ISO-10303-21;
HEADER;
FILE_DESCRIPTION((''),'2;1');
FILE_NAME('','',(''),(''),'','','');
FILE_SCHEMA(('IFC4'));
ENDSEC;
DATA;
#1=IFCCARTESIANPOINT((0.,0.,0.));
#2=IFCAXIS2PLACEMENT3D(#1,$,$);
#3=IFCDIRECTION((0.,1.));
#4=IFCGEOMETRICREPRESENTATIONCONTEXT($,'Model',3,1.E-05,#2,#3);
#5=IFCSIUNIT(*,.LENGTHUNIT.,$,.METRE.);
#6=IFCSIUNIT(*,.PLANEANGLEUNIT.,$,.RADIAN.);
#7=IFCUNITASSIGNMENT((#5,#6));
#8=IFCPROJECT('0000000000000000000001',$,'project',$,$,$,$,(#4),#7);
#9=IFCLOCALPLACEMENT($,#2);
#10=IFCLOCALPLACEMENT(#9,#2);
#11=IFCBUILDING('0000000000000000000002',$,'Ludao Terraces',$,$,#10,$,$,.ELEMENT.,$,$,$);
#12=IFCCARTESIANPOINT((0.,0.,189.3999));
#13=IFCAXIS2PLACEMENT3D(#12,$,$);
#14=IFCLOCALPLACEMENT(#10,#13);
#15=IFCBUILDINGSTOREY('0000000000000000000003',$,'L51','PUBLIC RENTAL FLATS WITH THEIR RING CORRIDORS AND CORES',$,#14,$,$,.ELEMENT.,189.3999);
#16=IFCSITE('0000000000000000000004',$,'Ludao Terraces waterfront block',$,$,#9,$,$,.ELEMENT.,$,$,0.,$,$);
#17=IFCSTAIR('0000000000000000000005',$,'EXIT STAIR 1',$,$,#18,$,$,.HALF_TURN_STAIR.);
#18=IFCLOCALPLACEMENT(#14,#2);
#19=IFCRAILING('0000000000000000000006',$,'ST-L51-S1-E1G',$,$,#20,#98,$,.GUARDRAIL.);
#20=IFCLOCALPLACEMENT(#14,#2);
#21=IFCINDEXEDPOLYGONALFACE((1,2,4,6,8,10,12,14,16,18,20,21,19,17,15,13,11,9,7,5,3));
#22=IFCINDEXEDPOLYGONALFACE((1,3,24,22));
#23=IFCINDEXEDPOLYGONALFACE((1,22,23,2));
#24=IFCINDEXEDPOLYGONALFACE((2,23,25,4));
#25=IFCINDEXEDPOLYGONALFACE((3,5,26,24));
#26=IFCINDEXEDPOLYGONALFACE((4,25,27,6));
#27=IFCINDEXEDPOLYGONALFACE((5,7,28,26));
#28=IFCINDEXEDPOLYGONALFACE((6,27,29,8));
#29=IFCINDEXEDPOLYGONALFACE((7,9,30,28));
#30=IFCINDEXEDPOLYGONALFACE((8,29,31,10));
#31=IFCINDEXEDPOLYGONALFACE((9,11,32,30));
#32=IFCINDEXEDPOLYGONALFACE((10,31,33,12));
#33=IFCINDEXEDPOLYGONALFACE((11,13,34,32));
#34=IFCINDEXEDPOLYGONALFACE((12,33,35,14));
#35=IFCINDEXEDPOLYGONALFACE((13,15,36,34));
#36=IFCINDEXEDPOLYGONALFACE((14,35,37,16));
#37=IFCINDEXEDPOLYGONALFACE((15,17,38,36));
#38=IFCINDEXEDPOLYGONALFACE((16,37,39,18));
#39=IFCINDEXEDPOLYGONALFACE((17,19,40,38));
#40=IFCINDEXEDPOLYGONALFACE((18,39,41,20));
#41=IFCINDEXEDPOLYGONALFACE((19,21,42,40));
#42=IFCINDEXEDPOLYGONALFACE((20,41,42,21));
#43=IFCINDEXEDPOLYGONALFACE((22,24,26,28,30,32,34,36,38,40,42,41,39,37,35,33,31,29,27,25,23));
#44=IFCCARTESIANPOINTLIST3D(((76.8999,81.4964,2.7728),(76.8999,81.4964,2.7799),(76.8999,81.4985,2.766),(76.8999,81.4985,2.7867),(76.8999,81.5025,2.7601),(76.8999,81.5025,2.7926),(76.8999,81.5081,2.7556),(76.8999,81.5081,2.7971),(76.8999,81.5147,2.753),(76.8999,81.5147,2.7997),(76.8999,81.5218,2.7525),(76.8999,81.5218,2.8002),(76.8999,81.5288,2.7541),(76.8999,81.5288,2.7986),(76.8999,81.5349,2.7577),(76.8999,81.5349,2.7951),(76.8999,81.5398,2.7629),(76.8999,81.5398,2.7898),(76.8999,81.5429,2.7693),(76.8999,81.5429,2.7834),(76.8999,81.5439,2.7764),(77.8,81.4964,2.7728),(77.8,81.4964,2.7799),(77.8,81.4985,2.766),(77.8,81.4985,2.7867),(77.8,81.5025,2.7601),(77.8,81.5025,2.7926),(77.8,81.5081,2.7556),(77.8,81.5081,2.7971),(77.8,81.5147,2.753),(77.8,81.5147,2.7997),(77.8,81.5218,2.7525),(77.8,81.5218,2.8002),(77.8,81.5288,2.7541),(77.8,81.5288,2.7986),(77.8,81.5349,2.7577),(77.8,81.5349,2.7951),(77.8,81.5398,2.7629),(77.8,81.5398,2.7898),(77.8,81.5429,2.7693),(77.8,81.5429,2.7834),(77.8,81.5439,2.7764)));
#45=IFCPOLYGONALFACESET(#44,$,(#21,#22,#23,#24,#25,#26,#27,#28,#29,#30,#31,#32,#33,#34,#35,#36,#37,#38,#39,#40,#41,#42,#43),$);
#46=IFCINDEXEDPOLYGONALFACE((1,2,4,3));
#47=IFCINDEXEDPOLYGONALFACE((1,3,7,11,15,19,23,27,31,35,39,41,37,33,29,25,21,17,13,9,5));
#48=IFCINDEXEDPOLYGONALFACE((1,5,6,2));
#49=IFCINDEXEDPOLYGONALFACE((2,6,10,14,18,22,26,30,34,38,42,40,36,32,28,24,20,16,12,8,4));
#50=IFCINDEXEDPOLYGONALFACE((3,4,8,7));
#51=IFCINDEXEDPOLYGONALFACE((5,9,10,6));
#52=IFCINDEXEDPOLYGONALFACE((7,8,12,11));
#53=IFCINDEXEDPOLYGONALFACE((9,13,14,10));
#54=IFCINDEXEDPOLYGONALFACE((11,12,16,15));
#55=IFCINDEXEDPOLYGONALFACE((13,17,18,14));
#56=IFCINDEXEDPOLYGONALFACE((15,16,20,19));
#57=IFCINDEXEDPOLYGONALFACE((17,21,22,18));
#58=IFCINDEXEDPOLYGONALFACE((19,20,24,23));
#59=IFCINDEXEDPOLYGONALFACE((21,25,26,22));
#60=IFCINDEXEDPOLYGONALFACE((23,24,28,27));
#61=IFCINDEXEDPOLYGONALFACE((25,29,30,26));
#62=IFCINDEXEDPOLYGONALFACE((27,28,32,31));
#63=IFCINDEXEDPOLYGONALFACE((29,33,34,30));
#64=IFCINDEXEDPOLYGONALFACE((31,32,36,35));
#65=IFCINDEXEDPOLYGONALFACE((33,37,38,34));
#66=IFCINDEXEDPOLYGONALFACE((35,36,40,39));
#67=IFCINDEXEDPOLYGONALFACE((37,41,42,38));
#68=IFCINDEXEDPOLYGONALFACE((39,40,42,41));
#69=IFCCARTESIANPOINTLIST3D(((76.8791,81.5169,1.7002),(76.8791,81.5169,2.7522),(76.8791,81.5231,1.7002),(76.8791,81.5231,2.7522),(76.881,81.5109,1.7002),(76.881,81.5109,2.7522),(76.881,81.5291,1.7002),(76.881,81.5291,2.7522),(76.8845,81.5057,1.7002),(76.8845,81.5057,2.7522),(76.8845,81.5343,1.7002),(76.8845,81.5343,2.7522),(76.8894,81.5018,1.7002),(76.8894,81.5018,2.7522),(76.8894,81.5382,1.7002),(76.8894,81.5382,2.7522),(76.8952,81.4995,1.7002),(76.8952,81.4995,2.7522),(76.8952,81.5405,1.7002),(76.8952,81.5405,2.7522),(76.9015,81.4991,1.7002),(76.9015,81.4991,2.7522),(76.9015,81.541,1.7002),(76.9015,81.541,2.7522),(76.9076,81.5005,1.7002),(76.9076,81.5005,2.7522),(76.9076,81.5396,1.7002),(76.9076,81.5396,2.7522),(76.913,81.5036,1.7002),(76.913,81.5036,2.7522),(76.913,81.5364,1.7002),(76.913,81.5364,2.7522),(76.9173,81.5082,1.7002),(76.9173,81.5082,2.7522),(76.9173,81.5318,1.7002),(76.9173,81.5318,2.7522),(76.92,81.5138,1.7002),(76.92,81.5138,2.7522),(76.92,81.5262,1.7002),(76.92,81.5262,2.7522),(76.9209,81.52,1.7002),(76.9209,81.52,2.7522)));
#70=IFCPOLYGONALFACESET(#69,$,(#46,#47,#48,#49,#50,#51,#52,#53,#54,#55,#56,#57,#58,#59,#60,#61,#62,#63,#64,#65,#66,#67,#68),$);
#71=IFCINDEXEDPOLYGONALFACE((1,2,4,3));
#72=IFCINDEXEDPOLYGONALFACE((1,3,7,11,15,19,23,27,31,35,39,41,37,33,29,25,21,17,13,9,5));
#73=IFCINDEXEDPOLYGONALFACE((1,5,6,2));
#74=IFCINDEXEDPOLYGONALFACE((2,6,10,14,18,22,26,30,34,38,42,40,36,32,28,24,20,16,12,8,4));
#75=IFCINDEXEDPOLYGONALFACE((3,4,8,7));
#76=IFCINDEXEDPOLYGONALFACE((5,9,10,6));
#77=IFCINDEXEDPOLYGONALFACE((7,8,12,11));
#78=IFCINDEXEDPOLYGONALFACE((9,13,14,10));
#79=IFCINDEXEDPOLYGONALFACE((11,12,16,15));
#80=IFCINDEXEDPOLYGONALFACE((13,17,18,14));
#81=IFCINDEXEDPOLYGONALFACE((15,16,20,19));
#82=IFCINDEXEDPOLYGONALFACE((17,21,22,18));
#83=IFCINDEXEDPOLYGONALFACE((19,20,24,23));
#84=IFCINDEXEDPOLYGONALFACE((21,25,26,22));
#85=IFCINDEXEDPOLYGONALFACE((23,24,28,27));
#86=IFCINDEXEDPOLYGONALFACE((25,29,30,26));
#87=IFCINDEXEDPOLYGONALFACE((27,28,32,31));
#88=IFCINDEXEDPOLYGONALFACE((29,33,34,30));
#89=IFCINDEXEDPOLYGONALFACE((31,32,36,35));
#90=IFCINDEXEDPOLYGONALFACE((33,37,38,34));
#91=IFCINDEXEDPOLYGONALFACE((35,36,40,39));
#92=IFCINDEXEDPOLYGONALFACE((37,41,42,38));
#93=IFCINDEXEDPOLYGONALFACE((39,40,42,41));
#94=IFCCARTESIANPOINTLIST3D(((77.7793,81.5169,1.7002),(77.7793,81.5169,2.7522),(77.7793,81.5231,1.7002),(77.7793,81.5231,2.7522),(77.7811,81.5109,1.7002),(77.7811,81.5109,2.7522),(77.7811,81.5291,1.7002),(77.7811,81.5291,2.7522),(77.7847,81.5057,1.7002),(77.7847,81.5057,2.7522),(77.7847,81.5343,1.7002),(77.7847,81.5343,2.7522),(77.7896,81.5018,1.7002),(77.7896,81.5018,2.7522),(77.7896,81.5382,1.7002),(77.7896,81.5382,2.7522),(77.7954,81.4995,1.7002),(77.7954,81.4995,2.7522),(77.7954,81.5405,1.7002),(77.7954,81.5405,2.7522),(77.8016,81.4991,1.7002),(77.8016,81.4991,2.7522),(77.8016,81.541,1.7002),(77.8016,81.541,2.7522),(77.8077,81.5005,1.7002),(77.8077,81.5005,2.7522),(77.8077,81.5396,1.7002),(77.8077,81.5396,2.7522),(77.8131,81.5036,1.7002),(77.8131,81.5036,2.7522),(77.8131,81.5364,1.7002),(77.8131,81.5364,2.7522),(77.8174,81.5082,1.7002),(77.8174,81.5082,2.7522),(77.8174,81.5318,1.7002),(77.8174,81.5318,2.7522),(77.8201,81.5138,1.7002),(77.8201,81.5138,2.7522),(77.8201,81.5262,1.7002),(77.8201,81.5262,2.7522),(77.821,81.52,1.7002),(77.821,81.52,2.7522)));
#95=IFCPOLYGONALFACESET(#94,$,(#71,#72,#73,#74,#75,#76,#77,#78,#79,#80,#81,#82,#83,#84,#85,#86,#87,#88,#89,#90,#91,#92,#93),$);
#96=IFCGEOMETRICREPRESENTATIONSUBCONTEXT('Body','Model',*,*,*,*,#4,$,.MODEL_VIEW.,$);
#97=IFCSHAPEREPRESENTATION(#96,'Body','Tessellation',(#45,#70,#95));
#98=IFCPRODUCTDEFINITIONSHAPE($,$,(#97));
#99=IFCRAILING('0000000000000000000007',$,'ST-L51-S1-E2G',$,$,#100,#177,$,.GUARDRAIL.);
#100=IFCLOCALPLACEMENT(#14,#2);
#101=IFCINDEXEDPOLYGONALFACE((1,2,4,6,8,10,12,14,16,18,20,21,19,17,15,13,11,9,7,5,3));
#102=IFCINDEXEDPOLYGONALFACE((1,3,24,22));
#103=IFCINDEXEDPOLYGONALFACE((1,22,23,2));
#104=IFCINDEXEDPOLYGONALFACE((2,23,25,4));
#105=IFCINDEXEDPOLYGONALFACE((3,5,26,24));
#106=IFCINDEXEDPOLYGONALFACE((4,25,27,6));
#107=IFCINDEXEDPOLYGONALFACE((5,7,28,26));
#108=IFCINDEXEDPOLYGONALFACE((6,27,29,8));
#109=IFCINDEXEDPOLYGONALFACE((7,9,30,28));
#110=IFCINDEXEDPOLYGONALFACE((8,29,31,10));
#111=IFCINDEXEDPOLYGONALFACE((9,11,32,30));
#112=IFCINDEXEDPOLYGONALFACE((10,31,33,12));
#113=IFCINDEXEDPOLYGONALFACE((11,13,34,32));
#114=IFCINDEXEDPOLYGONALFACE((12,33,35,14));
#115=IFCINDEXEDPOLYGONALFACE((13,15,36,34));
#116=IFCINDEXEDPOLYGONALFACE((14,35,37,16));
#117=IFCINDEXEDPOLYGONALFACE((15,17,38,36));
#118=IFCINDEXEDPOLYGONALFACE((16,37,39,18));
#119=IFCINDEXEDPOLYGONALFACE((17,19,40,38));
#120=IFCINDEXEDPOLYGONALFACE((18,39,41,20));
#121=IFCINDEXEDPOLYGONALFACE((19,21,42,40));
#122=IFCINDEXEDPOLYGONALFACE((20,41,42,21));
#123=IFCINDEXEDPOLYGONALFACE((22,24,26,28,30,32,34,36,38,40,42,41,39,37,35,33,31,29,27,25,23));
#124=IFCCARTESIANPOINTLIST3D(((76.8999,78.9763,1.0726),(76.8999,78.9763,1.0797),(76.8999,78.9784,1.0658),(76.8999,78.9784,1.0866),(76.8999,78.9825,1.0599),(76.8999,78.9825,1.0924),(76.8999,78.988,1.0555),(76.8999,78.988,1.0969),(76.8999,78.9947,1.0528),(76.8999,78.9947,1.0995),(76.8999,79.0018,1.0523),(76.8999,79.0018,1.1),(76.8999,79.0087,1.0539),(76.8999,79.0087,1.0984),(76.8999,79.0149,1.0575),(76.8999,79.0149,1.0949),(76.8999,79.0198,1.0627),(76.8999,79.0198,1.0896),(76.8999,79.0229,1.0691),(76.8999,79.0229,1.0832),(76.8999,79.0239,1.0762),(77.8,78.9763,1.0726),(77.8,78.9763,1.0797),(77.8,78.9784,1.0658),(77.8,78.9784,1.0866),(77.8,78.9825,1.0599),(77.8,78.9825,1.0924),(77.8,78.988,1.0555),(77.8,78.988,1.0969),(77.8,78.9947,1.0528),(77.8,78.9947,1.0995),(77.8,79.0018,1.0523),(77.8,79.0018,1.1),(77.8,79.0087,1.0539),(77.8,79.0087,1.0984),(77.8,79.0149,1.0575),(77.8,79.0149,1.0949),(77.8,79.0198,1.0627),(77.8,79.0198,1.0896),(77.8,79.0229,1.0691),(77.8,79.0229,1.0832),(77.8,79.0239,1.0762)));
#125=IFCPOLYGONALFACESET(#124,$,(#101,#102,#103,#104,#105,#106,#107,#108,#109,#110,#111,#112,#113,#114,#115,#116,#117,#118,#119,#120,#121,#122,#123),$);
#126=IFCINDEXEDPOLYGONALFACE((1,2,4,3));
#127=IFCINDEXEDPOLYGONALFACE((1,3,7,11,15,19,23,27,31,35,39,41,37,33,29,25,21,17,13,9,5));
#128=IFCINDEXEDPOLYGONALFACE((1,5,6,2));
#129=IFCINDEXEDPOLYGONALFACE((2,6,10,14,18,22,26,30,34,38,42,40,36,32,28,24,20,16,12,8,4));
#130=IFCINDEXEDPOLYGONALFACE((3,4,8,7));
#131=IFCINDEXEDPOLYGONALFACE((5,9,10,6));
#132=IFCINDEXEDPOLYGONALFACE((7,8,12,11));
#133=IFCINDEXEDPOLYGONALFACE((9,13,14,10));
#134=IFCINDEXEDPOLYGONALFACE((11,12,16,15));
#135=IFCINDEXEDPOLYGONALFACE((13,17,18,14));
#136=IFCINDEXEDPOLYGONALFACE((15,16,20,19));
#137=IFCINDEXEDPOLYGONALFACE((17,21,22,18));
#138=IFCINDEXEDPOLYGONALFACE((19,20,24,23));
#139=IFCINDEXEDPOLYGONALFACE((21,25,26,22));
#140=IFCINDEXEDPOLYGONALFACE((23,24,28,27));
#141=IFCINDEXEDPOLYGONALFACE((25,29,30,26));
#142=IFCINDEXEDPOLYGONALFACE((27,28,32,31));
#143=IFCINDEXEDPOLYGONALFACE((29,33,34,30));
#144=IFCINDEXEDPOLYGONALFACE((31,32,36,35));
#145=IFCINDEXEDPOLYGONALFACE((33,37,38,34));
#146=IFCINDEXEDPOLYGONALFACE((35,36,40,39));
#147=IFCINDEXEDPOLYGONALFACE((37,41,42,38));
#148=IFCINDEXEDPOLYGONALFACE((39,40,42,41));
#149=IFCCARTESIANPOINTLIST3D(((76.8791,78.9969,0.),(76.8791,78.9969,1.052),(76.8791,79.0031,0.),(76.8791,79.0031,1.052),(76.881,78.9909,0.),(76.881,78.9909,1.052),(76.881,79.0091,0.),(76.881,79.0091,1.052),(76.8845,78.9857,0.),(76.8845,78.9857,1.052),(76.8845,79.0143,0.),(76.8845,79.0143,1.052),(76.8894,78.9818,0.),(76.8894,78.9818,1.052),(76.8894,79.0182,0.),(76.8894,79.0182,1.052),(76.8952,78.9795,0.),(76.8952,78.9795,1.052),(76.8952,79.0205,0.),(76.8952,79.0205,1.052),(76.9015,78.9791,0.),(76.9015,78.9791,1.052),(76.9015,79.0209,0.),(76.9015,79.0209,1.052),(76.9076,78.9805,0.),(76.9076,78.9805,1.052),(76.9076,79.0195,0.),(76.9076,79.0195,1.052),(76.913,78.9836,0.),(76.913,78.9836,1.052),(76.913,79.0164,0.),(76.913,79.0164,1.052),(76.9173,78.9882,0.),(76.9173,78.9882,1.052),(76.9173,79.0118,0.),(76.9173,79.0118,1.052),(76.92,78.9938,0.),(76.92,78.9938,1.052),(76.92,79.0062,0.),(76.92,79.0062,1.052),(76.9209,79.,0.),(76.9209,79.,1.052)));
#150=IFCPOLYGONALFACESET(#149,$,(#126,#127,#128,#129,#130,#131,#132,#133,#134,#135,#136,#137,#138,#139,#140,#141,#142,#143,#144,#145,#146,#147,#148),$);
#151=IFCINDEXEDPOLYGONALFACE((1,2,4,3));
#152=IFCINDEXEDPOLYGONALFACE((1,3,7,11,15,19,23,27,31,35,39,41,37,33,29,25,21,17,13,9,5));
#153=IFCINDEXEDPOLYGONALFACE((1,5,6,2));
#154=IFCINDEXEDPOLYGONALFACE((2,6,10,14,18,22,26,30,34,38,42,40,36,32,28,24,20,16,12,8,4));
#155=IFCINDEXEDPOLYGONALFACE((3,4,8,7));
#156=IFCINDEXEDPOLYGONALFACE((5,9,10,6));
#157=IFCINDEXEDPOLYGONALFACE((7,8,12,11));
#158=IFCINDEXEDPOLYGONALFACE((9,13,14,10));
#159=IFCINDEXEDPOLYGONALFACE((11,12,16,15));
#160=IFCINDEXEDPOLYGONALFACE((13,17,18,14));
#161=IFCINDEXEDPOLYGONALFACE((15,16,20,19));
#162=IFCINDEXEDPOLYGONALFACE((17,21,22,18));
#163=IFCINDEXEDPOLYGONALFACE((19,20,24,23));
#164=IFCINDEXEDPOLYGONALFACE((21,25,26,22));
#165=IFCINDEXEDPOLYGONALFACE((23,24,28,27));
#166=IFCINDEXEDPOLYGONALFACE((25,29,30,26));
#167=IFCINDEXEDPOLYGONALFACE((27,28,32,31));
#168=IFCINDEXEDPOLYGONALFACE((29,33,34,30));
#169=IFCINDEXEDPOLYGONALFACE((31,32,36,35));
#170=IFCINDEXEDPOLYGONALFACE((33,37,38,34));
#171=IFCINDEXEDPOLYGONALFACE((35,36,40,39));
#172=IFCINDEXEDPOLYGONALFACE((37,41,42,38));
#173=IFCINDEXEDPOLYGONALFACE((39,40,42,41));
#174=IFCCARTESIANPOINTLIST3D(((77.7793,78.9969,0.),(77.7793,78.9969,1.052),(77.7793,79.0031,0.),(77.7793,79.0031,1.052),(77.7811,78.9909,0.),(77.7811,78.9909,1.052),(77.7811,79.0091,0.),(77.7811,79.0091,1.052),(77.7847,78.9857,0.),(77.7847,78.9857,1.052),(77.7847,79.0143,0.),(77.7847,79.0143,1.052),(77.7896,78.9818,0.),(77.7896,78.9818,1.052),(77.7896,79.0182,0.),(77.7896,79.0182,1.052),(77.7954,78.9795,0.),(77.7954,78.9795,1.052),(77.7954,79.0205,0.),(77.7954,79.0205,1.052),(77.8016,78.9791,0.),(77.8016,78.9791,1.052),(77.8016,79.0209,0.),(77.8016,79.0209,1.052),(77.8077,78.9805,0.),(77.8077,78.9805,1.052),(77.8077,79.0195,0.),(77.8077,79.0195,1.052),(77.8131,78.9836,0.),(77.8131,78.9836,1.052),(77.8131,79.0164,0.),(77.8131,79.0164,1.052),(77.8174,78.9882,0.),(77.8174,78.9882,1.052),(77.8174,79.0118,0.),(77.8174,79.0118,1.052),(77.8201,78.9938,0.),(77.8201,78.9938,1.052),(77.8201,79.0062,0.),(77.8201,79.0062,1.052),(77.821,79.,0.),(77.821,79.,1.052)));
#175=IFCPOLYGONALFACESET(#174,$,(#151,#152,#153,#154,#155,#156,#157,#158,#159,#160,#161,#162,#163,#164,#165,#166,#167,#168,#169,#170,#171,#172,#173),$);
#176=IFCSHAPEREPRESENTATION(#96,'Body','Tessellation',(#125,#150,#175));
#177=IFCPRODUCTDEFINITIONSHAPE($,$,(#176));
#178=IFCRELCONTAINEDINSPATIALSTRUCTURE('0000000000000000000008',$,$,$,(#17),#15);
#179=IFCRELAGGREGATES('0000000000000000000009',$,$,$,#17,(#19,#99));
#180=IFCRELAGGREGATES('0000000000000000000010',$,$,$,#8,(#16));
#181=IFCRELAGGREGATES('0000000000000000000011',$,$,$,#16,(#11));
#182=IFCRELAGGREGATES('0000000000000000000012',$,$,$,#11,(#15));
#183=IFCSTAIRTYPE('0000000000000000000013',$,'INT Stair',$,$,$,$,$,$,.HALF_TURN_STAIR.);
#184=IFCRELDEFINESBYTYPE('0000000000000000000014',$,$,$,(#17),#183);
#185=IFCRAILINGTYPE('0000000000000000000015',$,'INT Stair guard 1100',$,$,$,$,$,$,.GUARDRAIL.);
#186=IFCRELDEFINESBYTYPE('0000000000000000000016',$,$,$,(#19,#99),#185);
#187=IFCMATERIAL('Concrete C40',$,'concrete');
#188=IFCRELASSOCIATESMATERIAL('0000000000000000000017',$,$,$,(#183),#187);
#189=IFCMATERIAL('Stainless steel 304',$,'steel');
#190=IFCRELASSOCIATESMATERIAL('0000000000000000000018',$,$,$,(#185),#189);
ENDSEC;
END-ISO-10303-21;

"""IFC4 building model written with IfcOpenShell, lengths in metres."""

from ifc_helpers import new_model, si_unit, direction, frame, origin, origin_2d, place, context, subcontext, project, spatial, circle, extrude, material, type_object, element, aggregate, save


model = new_model("IFC4")

# Units and contexts
model_context = context("Model", 3, precision=1e-05, world=origin(), true_north=direction((0.0, 1.0)))
body_context = subcontext(model_context, "Body", "Model", "MODEL_VIEW")
ifc_project = project(units=[si_unit("LENGTHUNIT", "METRE"), si_unit("PLANEANGLEUNIT", "RADIAN")], contexts=[model_context])

# Site, building, storey
site_placement = place(None, origin())
site = spatial("IfcSite", under=ifc_project, at=site_placement, Name="Ludao Terraces waterfront block", CompositionType="ELEMENT", RefElevation=0.0)
building_placement = place(site_placement, origin())
building = spatial("IfcBuilding", under=site, at=building_placement, Name="Ludao Terraces", CompositionType="ELEMENT")
storey_placement = place(building_placement, frame((0.0, 0.0, 189.3999)))
storey = spatial("IfcBuildingStorey", under=building, at=storey_placement, Name="L51", Description="PUBLIC RENTAL FLATS WITH THEIR RING CORRIDORS AND CORES", CompositionType="ELEMENT", Elevation=189.3999)

# Shared definitions
ifc_material_1 = material(Name="Concrete C40", Category="concrete")

# Shared definitions
ifc_material_2 = material(Name="Stainless steel 304", Category="steel")

# Stair, railings
stair_type = type_object("IfcStairType", Name="INT Stair", PredefinedType="HALF_TURN_STAIR", material=ifc_material_1)
stair_placement = place(storey_placement, origin())
stair = element("IfcStair", 1, at=stair_placement, inside=storey, type_object=stair_type, Name="EXIT STAIR 1", PredefinedType="HALF_TURN_STAIR")
railing_type_1 = type_object("IfcRailingType", Name="INT Stair guard 1100", PredefinedType="GUARDRAIL", material=ifc_material_2)
railing_1_placement = place(storey_placement, frame((76.8999, 81.52, 1.7002)))
railing_1 = element("IfcRailing", 2, at=railing_1_placement, type_object=railing_type_1, Name="ST-L51-S1-E1G", PredefinedType="GUARDRAIL", context=body_context, shape_type="SweptSolid", body=[
    extrude(circle(Radius=0.0239, at=origin_2d()), frame((0.0, 0.0, 1.0762), z_axis=(1.0, 0.0, 0.0), x_axis=(0.0, 1.0, 0.0)), (0.0, 0.0, 1.0), 0.9001),
    extrude(circle(Radius=0.021, at=origin_2d()), origin(), (0.0, 0.0, 1.0), 1.052),
    extrude(circle(Radius=0.021, at=origin_2d()), frame((0.9001, 0.0, 0.0)), (0.0, 0.0, 1.0), 1.052),
])
railing_2_placement = place(storey_placement, frame((76.8999, 79.0, 0.0)))
railing_2 = element("IfcRailing", 3, at=railing_2_placement, type_object=railing_type_1, Name="ST-L51-S1-E2G", PredefinedType="GUARDRAIL", context=body_context, shape_type="SweptSolid", body=[
    extrude(circle(Radius=0.0239, at=origin_2d()), frame((0.0, 0.0, 1.0762), z_axis=(1.0, 0.0, 0.0), x_axis=(0.0, 1.0, 0.0)), (0.0, 0.0, 1.0), 0.9001),
    extrude(circle(Radius=0.021, at=origin_2d()), origin(), (0.0, 0.0, 1.0), 1.052),
    extrude(circle(Radius=0.021, at=origin_2d()), frame((0.9001, 0.0, 0.0)), (0.0, 0.0, 1.0), 1.052),
])
aggregate(stair, [railing_1, railing_2])

save(model, "model.ifc")
